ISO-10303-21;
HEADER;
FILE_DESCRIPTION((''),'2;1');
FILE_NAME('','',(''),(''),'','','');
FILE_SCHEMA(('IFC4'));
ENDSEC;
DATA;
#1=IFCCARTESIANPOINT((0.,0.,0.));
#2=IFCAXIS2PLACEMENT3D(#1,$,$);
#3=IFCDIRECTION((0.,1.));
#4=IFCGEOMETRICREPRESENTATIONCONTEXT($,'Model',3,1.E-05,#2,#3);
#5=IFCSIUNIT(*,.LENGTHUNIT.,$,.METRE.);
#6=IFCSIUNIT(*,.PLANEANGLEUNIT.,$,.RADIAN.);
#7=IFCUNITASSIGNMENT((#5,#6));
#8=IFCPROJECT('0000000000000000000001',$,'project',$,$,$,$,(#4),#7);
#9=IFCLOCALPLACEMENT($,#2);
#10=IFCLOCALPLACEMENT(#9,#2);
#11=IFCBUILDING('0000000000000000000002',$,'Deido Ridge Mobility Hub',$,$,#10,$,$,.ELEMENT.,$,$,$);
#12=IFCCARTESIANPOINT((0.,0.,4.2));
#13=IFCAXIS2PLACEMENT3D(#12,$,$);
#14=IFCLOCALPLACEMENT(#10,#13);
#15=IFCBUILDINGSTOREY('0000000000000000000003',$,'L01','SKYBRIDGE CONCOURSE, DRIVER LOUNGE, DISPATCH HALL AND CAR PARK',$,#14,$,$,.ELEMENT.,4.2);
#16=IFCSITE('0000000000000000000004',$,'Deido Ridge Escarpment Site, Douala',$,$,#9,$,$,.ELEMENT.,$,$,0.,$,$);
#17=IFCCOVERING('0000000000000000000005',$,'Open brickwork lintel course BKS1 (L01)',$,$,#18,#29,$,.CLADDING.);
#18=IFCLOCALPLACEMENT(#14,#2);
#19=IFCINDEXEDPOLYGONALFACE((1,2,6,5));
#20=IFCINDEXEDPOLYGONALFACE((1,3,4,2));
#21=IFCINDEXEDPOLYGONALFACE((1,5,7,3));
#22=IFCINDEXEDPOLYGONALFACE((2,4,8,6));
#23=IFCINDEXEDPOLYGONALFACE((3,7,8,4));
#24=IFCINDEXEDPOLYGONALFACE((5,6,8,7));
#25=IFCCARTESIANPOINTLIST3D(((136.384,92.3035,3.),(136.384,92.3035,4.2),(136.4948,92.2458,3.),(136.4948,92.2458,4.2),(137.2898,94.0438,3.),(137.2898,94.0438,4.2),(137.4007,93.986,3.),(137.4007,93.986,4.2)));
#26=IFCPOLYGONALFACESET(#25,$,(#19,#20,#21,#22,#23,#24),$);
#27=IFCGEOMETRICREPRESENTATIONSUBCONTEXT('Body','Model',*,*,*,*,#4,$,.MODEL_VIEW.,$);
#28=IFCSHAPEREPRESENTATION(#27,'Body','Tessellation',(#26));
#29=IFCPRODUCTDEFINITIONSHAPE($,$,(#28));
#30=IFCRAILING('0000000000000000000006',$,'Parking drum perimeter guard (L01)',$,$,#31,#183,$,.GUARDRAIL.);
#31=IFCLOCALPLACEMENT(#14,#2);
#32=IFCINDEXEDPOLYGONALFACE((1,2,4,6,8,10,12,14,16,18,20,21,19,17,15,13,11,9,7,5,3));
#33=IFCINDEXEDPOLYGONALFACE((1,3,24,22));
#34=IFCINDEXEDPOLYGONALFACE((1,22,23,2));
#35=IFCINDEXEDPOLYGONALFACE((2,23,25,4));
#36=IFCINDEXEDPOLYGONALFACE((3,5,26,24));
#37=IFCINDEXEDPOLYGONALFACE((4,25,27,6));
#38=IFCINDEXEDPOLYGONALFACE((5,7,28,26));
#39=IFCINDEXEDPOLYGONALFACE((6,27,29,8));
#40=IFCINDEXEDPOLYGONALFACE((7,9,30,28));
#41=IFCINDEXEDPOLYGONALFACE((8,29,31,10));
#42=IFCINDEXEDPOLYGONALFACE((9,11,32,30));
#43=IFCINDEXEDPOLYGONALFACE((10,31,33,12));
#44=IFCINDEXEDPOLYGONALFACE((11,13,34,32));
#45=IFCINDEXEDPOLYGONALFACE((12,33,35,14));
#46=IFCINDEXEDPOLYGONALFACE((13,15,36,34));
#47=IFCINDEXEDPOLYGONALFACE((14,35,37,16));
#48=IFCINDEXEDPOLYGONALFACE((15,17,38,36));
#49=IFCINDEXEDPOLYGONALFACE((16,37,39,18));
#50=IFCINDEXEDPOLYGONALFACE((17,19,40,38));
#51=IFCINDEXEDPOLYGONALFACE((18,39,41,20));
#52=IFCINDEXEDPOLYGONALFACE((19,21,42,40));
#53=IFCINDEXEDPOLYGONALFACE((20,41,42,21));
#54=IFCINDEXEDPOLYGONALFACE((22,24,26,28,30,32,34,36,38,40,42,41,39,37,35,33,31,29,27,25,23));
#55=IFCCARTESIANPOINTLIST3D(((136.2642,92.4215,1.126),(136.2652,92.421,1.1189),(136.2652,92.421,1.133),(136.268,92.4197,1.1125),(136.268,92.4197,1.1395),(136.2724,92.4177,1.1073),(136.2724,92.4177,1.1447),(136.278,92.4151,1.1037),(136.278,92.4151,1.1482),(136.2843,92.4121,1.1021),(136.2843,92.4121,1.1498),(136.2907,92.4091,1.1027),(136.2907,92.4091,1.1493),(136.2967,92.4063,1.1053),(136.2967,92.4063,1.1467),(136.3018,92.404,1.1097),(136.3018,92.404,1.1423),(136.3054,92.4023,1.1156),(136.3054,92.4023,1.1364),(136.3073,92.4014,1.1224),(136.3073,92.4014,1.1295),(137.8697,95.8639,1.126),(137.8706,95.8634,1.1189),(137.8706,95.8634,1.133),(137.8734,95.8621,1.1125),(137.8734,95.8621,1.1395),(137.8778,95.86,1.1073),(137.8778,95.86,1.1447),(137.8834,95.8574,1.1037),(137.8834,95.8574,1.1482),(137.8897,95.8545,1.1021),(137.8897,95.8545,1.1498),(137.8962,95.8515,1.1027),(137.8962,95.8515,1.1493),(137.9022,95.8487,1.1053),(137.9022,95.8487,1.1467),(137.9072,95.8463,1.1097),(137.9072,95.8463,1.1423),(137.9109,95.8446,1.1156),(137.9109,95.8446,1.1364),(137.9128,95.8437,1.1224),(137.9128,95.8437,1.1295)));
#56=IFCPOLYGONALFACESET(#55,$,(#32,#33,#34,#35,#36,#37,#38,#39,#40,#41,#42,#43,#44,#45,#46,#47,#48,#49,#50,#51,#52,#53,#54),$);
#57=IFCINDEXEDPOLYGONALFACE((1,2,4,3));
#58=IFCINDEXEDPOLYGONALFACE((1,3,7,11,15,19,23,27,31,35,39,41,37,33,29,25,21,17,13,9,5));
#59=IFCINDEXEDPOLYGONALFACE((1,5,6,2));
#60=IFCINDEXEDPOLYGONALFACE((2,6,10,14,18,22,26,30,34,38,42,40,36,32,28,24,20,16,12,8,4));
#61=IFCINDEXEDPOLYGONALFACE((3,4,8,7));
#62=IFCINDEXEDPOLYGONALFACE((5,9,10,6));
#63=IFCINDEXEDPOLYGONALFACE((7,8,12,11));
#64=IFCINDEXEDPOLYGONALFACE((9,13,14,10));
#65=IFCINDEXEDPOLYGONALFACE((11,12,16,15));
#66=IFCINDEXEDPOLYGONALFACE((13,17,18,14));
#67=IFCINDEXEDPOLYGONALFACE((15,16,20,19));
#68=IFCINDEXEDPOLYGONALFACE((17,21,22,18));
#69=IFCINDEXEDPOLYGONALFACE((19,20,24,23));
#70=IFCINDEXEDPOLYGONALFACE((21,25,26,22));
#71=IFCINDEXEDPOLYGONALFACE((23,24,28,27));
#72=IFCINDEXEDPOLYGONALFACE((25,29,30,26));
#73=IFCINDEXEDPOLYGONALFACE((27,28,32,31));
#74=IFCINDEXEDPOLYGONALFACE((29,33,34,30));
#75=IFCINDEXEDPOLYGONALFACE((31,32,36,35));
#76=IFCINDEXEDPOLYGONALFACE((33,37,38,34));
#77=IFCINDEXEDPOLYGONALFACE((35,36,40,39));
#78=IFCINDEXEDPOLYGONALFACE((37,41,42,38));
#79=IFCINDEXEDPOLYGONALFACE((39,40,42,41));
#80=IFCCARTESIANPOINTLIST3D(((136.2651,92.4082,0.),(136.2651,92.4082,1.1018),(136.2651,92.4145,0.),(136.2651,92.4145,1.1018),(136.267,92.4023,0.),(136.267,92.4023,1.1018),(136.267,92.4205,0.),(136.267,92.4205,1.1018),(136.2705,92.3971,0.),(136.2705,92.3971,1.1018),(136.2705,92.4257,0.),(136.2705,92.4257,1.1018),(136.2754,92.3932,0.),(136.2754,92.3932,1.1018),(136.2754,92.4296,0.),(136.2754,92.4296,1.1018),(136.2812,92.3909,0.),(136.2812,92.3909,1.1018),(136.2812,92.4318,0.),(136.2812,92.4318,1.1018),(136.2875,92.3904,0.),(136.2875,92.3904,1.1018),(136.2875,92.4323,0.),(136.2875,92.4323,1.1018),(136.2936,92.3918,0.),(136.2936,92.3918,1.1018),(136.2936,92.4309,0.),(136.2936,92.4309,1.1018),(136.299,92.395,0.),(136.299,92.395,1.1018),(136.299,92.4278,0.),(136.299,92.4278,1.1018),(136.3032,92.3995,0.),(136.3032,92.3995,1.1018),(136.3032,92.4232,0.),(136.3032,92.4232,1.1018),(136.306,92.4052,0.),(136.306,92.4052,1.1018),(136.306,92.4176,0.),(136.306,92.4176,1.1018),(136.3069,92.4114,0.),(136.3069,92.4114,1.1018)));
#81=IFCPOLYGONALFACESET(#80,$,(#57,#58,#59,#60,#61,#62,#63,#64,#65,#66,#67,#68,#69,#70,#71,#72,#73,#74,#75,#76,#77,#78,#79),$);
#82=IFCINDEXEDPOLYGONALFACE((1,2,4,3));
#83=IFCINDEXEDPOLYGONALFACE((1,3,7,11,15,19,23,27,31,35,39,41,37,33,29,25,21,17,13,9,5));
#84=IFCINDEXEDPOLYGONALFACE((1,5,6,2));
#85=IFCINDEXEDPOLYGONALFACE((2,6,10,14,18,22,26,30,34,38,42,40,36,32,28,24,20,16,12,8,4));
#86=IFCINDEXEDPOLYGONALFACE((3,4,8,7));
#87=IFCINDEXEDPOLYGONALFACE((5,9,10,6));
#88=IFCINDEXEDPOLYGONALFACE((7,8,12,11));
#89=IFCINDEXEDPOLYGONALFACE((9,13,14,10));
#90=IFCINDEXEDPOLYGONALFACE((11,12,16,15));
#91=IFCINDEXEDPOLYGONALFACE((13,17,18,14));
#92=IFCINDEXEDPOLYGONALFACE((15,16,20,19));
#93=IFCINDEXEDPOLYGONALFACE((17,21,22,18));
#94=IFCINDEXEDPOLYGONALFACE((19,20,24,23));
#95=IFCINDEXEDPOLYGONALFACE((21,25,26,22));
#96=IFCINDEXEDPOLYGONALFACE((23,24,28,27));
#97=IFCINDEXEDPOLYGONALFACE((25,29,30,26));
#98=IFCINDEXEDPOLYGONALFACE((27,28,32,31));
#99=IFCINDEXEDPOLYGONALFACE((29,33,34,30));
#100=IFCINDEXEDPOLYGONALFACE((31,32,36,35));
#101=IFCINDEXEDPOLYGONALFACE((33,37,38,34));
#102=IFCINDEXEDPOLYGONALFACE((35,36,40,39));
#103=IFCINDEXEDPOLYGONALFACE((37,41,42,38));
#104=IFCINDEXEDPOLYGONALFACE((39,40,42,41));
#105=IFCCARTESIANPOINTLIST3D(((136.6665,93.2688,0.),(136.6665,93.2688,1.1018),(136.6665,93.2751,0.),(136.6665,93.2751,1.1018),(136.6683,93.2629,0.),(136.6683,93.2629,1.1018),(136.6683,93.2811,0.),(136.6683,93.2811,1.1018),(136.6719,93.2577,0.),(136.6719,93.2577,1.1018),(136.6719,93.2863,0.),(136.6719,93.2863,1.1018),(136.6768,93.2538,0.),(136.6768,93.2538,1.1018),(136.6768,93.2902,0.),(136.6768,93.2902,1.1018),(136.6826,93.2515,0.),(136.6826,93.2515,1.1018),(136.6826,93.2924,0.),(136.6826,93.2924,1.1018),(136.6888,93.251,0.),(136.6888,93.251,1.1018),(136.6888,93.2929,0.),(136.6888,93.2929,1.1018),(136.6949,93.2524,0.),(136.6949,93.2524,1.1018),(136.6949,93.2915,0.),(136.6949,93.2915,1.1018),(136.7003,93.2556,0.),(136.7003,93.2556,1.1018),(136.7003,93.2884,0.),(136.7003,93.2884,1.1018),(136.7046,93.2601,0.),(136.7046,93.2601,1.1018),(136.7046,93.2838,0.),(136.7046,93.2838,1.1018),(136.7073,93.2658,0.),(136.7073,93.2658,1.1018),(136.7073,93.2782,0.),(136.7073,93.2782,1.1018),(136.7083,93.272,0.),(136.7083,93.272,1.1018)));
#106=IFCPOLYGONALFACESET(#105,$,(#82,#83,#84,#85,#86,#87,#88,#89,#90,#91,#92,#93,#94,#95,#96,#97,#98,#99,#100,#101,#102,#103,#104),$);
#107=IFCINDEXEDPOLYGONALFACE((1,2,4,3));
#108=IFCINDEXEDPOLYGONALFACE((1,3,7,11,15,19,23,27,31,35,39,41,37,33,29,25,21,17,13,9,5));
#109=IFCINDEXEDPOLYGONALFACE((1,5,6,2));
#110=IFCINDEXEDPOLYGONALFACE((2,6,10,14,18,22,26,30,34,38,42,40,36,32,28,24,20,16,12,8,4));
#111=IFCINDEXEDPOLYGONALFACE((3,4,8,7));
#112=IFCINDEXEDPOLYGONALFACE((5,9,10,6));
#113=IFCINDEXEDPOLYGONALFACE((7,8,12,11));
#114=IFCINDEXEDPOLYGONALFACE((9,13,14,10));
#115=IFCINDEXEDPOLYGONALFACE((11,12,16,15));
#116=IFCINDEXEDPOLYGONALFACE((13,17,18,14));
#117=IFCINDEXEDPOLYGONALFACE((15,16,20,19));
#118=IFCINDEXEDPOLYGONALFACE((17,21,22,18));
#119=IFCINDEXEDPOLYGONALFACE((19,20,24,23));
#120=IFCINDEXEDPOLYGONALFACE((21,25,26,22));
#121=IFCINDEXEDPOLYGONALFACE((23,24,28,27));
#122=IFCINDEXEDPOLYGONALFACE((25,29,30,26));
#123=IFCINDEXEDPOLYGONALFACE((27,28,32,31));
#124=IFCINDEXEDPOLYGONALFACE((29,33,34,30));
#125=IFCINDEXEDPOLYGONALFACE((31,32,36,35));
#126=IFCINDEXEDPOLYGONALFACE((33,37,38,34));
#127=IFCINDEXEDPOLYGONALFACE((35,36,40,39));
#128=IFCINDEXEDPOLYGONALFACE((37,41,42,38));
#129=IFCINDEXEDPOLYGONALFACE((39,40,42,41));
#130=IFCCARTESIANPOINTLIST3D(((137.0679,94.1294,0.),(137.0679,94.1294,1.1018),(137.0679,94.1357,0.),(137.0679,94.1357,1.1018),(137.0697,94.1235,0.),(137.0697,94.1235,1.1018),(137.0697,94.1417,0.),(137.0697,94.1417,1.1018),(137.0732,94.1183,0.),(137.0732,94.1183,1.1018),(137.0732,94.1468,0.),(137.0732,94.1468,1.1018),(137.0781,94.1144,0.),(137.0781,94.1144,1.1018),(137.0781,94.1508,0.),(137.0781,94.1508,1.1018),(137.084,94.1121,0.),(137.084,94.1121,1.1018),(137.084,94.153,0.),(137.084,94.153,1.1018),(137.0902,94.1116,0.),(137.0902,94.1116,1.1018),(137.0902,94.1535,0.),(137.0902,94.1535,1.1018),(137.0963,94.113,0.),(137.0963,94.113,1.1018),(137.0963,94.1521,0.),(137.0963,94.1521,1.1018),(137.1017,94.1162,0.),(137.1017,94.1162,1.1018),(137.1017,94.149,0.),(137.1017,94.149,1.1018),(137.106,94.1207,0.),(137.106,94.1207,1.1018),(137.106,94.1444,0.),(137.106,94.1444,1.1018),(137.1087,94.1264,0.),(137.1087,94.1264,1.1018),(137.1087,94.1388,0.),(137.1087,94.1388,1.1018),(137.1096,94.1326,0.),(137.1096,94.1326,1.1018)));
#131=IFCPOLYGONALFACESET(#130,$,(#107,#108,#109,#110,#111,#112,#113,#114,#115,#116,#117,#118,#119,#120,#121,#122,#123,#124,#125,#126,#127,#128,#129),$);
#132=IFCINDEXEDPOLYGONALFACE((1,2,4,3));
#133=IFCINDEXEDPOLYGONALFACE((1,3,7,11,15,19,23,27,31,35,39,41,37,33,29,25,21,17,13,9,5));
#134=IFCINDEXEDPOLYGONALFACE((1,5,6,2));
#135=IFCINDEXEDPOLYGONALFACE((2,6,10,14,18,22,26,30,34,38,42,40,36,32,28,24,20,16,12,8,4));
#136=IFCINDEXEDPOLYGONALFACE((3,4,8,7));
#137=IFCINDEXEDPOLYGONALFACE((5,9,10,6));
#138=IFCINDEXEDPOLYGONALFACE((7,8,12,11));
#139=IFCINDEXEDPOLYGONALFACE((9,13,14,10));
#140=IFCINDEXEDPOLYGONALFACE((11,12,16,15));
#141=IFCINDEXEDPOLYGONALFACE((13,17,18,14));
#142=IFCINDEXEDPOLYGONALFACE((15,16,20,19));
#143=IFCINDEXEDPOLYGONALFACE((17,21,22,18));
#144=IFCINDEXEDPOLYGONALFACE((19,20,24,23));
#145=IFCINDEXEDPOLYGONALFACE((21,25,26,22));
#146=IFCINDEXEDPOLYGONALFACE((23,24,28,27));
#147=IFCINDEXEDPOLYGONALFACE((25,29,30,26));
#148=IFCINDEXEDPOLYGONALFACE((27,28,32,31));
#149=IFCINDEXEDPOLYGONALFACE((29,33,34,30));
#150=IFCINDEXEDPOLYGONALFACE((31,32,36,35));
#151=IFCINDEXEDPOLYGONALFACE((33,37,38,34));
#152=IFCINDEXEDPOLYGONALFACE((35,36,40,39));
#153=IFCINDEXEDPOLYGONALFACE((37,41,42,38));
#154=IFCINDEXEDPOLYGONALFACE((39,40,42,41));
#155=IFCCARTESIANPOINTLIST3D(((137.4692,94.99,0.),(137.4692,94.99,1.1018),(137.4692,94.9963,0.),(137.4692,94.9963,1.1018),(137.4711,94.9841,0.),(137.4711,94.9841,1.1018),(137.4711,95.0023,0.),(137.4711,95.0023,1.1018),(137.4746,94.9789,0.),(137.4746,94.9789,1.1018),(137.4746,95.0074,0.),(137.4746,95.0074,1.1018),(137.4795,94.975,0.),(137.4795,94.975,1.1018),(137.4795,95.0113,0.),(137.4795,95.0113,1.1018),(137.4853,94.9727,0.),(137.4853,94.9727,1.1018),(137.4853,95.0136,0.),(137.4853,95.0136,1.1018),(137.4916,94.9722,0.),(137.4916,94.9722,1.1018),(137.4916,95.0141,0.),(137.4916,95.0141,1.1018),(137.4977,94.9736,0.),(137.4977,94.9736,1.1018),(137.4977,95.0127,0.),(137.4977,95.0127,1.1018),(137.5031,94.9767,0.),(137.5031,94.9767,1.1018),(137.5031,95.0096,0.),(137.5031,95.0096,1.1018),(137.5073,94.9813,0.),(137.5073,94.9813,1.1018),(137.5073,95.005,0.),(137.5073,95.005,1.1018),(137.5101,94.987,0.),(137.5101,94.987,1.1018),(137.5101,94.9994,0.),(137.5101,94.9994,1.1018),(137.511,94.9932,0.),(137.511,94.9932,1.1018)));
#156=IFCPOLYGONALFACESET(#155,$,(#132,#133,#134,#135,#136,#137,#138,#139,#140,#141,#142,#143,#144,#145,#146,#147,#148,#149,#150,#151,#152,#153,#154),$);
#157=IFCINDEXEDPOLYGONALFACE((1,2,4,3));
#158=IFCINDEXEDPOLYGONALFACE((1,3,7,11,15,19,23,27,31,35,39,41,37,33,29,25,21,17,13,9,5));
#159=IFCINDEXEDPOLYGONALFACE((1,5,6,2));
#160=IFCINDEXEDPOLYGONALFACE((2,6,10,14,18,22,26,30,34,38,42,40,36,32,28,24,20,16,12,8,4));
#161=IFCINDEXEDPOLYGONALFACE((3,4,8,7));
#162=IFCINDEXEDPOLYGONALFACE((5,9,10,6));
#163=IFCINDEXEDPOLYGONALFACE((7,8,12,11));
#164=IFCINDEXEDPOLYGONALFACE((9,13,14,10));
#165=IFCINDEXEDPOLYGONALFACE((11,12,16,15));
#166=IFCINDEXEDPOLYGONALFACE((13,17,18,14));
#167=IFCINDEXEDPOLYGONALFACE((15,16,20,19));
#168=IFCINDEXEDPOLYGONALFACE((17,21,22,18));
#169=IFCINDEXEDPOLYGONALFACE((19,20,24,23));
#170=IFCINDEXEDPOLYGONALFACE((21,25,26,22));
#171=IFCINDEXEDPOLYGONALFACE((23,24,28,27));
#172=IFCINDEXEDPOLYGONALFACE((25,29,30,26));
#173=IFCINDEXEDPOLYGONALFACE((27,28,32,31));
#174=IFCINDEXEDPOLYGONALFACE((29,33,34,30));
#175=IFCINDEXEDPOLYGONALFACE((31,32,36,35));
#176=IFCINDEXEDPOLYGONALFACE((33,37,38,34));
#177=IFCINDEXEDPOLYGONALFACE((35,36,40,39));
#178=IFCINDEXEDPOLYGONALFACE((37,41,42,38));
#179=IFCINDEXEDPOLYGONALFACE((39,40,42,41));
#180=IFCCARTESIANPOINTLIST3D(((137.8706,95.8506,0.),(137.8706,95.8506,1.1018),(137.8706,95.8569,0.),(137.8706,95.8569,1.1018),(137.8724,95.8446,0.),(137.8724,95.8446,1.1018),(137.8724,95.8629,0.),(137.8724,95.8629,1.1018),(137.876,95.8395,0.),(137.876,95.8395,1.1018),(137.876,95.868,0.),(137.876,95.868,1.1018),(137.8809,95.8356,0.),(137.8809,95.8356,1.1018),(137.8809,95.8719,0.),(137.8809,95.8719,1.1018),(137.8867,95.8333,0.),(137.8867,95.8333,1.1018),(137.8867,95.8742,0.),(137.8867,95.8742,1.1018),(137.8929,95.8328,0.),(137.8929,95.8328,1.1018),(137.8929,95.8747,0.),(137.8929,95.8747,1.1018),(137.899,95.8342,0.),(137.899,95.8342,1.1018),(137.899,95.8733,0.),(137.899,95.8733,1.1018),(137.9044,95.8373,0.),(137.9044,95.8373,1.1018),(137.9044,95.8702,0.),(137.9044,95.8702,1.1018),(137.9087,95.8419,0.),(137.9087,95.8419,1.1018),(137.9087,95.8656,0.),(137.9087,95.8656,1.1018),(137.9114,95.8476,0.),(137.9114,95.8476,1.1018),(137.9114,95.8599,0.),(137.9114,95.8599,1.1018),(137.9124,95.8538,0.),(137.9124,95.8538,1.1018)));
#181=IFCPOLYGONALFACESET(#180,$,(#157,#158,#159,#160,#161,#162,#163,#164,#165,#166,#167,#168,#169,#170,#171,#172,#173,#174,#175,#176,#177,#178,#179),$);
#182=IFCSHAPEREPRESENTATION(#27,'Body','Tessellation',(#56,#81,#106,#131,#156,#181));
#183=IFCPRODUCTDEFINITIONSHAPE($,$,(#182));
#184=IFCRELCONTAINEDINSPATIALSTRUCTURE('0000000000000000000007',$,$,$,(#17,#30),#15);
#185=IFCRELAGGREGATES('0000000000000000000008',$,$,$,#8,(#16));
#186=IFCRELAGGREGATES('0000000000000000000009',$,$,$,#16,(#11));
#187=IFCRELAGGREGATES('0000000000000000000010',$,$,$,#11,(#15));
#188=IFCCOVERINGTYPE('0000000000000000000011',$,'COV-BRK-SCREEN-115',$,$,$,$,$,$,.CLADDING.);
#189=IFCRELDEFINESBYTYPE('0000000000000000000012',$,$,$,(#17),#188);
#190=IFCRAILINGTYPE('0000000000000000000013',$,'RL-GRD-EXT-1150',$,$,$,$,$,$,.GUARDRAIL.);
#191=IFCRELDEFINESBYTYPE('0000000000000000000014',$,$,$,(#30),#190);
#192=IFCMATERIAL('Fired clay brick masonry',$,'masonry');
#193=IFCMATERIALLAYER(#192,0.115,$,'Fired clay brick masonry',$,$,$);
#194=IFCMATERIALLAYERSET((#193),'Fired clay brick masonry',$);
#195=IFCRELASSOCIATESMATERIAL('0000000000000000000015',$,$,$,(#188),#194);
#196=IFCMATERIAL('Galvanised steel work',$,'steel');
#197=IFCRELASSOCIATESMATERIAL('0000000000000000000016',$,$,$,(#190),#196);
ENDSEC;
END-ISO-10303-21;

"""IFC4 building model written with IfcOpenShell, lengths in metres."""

from ifc_helpers import new_model, si_unit, direction, frame, origin, origin_2d, place, context, subcontext, project, spatial, rectangle, circle, extrude, material, layer, layer_set, type_object, element, save


model = new_model("IFC4")

# Units and contexts
model_context = context("Model", 3, precision=1e-05, world=origin(), true_north=direction((0.0, 1.0)))
body_context = subcontext(model_context, "Body", "Model", "MODEL_VIEW")
ifc_project = project(units=[si_unit("LENGTHUNIT", "METRE"), si_unit("PLANEANGLEUNIT", "RADIAN")], contexts=[model_context])

# Site, building, storey
site_placement = place(None, origin())
site = spatial("IfcSite", under=ifc_project, at=site_placement, Name="Deido Ridge Escarpment Site, Douala", CompositionType="ELEMENT", RefElevation=0.0)
building_placement = place(site_placement, origin())
building = spatial("IfcBuilding", under=site, at=building_placement, Name="Deido Ridge Mobility Hub", CompositionType="ELEMENT")
storey_placement = place(building_placement, frame((0.0, 0.0, 4.2)))
storey = spatial("IfcBuildingStorey", under=building, at=storey_placement, Name="L01", Description="SKYBRIDGE CONCOURSE, DRIVER LOUNGE, DISPATCH HALL AND CAR PARK", CompositionType="ELEMENT", Elevation=4.2)

# Shared definitions
ifc_material_1 = material(Name="Fired clay brick masonry", Category="masonry")

# Covering
ifc_layer_1 = layer(ifc_material_1, 0.115, Name="Fired clay brick masonry")
ifc_layer_set_1 = layer_set([ifc_layer_1], Name="Fired clay brick masonry")
covering_type = type_object("IfcCoveringType", Name="COV-BRK-SCREEN-115", PredefinedType="CLADDING", material=ifc_layer_set_1)
covering_1_placement = place(storey_placement, frame((136.8923, 93.1448, 3.0), z_axis=(0.0, 0.0, 1.0), x_axis=(0.461733, 0.887019, 0.0)))
element("IfcCovering", 1, at=covering_1_placement, inside=storey, type_object=covering_type, Name="Open brickwork lintel course BKS1 (L01)", PredefinedType="CLADDING", context=body_context, shape_type="SweptSolid", body=[
    extrude(rectangle(XDim=1.9619, YDim=0.125, at=origin_2d()), origin(), (0.0, 0.0, 1.0), 1.2),
])

# Railing
ifc_material_2 = material(Name="Galvanised steel work", Category="steel")
railing_type = type_object("IfcRailingType", Name="RL-GRD-EXT-1150", PredefinedType="GUARDRAIL", material=ifc_material_2)
railing_placement = place(storey_placement, frame((136.2859, 92.4114, 0.0)))
element("IfcRailing", 2, at=railing_placement, inside=storey, type_object=railing_type, Name="Parking drum perimeter guard (L01)", PredefinedType="GUARDRAIL", context=body_context, shape_type="SweptSolid", body=[
    extrude(circle(Radius=0.0239, at=origin_2d()), frame((0.0, 0.0, 1.126), z_axis=(0.422674, 0.906282, 0.0), x_axis=(-0.906282, 0.422674, 0.0)), (0.0, 0.0, 1.0), 3.7983),
    extrude(circle(Radius=0.021, at=origin_2d()), origin(), (0.0, 0.0, 1.0), 1.1018),
    extrude(circle(Radius=0.021, at=origin_2d()), frame((0.4014, 0.8606, 0.0)), (0.0, 0.0, 1.0), 1.1018),
    extrude(circle(Radius=0.021, at=origin_2d()), frame((0.8027, 1.7212, 0.0)), (0.0, 0.0, 1.0), 1.1018),
    extrude(circle(Radius=0.021, at=origin_2d()), frame((1.2041, 2.5818, 0.0)), (0.0, 0.0, 1.0), 1.1018),
    extrude(circle(Radius=0.021, at=origin_2d()), frame((1.6055, 3.4424, 0.0)), (0.0, 0.0, 1.0), 1.1018),
])

save(model, "model.ifc")
